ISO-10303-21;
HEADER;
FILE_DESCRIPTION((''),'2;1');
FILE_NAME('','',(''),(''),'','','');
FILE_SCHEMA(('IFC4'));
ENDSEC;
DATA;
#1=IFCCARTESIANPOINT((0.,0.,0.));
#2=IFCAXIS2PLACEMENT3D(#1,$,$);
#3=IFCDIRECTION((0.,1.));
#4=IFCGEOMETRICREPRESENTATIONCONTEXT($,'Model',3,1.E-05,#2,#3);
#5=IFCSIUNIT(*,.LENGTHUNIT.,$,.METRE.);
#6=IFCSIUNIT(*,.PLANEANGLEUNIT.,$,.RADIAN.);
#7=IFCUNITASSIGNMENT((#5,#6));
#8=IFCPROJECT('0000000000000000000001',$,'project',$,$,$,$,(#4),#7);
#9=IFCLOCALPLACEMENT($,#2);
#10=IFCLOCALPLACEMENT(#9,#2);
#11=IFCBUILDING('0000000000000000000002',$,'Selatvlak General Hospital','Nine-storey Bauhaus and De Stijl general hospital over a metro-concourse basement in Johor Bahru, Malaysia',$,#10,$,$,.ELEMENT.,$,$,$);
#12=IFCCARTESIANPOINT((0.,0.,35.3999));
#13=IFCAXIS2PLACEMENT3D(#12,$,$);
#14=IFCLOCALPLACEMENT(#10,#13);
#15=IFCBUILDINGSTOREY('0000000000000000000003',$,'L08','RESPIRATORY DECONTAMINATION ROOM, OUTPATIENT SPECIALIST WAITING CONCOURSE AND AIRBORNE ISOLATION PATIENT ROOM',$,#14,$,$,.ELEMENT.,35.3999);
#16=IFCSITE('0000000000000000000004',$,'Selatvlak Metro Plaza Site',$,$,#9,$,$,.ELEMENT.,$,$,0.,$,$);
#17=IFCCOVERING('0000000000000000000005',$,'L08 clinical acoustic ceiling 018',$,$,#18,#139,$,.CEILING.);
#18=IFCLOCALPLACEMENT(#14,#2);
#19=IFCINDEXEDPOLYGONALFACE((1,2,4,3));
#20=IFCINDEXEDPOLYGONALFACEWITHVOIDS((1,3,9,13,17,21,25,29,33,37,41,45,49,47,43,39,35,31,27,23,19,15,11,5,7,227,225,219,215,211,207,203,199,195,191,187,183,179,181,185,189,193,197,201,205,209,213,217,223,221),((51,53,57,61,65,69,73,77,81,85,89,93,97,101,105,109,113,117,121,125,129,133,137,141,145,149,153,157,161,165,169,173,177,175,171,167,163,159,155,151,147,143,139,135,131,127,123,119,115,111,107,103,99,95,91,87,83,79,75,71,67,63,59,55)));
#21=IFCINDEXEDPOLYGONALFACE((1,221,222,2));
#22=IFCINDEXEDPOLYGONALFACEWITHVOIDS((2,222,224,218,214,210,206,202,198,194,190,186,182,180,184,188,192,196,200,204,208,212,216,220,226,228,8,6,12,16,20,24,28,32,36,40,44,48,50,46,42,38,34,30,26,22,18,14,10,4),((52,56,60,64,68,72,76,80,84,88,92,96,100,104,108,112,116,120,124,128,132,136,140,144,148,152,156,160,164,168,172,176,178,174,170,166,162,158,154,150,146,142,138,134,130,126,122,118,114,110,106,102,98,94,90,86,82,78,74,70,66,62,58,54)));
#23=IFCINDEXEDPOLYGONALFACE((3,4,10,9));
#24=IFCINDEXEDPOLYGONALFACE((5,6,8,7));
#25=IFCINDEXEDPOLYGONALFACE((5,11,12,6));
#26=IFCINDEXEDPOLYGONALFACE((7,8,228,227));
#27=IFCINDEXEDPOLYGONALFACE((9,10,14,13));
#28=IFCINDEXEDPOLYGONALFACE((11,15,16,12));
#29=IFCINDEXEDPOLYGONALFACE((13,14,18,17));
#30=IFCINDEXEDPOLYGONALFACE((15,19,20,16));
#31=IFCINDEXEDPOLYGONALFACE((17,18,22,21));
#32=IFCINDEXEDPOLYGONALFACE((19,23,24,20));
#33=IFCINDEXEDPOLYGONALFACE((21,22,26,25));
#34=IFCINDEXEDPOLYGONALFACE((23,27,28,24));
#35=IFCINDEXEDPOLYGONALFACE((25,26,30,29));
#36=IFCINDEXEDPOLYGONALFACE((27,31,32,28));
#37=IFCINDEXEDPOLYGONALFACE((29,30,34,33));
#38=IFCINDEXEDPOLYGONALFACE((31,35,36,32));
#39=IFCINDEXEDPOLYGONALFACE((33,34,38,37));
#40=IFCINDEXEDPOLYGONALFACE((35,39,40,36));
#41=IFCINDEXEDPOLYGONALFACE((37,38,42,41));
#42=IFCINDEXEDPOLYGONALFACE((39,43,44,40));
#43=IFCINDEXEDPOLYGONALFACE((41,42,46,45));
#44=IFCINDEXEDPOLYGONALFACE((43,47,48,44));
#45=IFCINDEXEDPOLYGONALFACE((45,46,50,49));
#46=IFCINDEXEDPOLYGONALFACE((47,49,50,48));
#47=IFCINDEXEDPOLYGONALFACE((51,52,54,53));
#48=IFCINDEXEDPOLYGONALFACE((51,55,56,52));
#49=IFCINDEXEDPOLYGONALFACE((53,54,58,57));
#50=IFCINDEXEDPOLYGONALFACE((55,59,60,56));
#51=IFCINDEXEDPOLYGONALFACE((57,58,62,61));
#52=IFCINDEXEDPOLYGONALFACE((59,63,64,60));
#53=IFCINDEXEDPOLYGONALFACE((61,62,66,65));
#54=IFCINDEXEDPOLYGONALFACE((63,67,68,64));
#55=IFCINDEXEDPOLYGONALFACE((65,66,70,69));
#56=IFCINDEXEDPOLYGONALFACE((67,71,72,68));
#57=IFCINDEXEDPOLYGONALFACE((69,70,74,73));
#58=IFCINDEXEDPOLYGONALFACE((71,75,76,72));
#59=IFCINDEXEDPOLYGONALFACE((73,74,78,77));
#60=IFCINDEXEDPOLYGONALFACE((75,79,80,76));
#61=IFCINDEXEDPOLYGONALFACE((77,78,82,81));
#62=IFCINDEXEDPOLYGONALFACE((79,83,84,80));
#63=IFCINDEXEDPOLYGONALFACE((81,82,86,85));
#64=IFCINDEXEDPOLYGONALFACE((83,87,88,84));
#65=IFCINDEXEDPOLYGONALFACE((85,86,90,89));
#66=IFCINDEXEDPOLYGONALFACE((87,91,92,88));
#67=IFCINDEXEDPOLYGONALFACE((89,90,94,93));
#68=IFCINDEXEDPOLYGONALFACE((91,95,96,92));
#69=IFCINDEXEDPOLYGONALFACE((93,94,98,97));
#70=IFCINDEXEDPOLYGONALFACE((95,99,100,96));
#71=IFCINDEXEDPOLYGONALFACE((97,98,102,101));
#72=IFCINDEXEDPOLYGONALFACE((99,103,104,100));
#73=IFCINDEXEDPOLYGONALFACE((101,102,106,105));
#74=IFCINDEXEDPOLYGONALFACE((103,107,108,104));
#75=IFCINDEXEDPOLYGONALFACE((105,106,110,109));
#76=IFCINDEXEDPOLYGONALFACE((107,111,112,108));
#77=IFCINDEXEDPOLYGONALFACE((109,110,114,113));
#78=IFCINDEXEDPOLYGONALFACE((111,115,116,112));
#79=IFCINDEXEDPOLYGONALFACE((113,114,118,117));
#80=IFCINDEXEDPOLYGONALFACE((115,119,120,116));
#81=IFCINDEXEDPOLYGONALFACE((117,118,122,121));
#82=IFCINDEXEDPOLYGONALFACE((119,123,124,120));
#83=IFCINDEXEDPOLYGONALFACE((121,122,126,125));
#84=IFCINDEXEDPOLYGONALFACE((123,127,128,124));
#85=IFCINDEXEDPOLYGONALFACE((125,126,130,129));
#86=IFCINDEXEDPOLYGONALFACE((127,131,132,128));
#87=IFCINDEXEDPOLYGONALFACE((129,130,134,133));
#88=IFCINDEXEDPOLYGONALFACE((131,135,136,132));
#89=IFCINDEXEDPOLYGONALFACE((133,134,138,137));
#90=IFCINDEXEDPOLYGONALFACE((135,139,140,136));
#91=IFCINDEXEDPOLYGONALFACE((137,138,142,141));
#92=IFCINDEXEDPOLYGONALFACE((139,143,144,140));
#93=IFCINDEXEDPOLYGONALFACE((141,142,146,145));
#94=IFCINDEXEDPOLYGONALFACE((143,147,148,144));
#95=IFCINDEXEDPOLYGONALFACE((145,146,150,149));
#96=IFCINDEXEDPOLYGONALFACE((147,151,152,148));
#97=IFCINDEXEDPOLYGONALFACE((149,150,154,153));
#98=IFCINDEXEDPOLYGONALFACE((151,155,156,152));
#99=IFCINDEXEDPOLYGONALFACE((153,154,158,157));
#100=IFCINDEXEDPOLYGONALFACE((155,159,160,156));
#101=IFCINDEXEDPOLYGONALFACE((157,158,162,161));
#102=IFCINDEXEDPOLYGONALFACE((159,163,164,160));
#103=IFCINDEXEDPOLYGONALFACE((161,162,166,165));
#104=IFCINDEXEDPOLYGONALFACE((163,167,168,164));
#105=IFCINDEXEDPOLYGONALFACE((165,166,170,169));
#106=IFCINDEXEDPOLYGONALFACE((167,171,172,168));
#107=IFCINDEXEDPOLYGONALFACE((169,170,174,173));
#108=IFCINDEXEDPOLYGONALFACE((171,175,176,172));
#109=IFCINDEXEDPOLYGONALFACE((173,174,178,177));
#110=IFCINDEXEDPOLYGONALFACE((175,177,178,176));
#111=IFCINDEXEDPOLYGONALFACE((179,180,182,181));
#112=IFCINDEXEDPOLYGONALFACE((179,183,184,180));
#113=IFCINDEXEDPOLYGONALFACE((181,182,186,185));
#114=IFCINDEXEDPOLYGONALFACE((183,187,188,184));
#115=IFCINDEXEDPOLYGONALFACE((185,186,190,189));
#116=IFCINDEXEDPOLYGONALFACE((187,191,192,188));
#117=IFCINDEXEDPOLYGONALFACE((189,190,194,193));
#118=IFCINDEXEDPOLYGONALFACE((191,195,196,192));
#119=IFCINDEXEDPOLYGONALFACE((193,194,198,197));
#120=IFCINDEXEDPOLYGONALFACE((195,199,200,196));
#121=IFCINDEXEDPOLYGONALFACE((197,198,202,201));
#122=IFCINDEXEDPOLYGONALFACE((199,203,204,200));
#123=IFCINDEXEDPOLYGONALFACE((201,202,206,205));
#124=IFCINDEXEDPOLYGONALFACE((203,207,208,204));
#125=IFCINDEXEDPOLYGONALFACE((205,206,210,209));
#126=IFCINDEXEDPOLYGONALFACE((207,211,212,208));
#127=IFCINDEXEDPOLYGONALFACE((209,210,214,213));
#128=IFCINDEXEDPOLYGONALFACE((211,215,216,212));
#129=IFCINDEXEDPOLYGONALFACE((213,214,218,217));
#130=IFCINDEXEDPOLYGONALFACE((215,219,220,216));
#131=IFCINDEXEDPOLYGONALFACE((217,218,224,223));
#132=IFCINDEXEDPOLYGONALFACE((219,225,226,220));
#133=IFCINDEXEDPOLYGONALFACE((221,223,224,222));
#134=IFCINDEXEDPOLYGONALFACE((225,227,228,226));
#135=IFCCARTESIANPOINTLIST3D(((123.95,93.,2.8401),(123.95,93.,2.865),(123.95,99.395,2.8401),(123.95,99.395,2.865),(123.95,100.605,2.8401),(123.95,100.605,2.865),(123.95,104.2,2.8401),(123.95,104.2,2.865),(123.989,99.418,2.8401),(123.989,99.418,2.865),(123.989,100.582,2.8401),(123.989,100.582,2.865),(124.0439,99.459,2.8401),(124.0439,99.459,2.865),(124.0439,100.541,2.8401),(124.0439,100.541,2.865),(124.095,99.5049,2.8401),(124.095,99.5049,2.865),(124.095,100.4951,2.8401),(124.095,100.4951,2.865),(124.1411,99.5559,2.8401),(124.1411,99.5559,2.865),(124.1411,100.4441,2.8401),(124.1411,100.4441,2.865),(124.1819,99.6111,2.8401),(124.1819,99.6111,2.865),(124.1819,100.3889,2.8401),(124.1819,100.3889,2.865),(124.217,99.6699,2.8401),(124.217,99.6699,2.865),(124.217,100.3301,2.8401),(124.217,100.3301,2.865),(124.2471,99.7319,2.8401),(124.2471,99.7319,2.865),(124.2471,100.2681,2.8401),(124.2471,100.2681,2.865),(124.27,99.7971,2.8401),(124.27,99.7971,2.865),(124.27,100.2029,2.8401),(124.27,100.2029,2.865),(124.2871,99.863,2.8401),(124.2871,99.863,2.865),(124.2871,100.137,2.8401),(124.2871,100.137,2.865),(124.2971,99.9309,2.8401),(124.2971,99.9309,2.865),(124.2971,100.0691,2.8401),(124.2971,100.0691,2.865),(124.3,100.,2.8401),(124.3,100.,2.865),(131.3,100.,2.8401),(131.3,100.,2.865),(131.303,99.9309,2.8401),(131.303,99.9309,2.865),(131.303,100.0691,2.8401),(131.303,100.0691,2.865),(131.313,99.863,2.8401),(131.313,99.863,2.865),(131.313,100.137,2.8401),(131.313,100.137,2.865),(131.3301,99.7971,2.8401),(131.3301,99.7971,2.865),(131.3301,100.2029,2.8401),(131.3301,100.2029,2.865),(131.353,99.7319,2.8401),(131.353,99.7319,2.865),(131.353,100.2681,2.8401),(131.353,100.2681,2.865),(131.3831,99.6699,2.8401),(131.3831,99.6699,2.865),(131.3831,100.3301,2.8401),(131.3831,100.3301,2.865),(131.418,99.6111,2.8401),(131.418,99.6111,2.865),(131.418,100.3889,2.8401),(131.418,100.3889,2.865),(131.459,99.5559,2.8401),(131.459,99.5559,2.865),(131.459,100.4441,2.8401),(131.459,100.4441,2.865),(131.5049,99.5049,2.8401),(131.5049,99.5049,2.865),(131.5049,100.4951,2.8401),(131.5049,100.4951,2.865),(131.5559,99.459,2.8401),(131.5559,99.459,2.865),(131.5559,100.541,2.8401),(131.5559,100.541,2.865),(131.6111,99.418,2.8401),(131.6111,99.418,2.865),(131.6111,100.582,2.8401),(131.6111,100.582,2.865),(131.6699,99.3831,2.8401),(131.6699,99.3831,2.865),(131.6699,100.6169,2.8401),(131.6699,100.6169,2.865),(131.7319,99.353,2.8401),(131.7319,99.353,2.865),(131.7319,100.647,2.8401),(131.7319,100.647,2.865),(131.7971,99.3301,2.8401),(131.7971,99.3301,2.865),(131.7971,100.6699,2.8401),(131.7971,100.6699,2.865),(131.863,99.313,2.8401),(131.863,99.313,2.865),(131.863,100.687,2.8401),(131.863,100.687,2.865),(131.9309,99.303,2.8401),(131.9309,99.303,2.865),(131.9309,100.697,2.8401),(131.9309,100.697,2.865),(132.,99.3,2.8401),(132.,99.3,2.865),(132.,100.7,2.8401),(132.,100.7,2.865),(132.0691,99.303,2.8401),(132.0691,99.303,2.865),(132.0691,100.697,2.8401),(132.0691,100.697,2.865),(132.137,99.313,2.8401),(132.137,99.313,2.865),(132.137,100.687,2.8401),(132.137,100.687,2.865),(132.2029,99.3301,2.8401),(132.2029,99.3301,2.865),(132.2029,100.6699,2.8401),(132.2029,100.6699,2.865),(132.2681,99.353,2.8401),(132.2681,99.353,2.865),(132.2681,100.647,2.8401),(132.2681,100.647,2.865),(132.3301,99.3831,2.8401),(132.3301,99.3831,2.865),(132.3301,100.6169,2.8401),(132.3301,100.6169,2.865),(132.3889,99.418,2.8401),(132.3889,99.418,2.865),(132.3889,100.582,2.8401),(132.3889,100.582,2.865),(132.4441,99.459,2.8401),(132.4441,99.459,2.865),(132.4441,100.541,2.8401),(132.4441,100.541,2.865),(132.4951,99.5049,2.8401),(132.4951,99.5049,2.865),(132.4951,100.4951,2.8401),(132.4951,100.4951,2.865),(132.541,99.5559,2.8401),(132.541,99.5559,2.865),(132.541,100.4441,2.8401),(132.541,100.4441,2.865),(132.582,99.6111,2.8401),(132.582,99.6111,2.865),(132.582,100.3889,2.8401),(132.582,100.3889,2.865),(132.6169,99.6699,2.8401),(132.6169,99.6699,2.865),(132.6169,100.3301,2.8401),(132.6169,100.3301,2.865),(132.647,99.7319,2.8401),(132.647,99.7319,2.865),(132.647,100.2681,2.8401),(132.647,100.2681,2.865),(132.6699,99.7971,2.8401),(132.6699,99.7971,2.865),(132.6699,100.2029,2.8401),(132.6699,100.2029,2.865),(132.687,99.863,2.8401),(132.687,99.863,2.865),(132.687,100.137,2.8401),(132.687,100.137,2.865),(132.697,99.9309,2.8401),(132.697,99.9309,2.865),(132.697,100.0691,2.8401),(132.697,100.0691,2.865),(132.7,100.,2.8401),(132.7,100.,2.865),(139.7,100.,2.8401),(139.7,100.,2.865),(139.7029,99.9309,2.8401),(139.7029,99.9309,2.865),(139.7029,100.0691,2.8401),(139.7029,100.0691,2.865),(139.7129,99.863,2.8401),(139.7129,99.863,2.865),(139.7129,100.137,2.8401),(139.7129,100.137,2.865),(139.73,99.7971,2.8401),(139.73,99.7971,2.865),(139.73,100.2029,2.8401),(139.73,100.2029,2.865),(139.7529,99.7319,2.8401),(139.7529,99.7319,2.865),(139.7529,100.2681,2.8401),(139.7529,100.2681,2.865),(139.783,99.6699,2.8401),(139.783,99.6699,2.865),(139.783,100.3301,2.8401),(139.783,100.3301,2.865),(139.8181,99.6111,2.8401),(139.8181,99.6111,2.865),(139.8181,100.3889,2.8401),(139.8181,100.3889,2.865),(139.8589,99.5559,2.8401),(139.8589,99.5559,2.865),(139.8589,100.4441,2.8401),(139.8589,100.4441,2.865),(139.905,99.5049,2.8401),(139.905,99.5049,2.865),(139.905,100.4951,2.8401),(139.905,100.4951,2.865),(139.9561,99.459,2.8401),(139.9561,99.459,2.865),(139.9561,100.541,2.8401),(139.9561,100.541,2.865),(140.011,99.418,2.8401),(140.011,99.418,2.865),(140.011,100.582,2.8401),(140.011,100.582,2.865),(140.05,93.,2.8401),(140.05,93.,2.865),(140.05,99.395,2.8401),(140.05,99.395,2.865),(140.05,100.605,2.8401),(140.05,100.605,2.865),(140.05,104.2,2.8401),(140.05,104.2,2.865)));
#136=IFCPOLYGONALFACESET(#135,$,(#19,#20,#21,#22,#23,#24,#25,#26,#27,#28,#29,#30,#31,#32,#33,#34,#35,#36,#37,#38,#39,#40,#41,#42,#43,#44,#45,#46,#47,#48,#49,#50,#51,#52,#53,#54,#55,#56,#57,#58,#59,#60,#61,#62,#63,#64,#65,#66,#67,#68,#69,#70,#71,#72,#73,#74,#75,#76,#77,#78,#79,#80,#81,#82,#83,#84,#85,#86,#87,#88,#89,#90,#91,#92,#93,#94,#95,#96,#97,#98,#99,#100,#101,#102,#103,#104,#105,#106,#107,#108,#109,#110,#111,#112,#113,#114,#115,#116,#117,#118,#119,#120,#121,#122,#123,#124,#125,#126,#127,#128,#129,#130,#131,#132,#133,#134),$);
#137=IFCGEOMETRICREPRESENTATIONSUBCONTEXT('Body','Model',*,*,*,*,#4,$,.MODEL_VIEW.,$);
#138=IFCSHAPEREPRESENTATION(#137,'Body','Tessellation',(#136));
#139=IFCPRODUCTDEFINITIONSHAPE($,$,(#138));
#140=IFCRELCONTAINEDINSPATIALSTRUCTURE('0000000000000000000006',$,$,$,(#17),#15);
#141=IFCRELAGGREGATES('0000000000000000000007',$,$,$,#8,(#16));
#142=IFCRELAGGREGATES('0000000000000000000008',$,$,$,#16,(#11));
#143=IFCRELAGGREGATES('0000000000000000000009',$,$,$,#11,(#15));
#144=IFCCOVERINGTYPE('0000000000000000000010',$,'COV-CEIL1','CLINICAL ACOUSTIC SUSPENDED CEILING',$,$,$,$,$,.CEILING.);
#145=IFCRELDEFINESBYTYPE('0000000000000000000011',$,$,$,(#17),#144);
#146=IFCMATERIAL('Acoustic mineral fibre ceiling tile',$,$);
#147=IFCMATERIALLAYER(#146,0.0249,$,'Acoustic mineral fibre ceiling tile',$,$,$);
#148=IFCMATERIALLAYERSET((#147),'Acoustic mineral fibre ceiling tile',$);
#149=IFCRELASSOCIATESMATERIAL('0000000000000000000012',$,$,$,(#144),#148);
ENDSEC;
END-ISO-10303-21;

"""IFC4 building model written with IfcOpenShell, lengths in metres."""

from ifc_helpers import new_model, si_unit, direction, frame, origin, place, context, subcontext, project, spatial, polyline, outline, extrude, material, layer, layer_set, type_object, element, save


model = new_model("IFC4")

# Units and contexts
model_context = context("Model", 3, precision=1e-05, world=origin(), true_north=direction((0.0, 1.0)))
body_context = subcontext(model_context, "Body", "Model", "MODEL_VIEW")
ifc_project = project(units=[si_unit("LENGTHUNIT", "METRE"), si_unit("PLANEANGLEUNIT", "RADIAN")], contexts=[model_context])

# Site, building, storey
site_placement = place(None, origin())
site = spatial("IfcSite", under=ifc_project, at=site_placement, Name="Selatvlak Metro Plaza Site", CompositionType="ELEMENT", RefElevation=0.0)
building_placement = place(site_placement, origin())
building = spatial("IfcBuilding", under=site, at=building_placement, Name="Selatvlak General Hospital", Description="Nine-storey Bauhaus and De Stijl general hospital over a metro-concourse basement in Johor Bahru, Malaysia", CompositionType="ELEMENT")
storey_placement = place(building_placement, frame((0.0, 0.0, 35.3999)))
storey = spatial("IfcBuildingStorey", under=building, at=storey_placement, Name="L08", Description="RESPIRATORY DECONTAMINATION ROOM, OUTPATIENT SPECIALIST WAITING CONCOURSE AND AIRBORNE ISOLATION PATIENT ROOM", CompositionType="ELEMENT", Elevation=35.3999)

# Covering
ifc_material_1 = material(Name="Acoustic mineral fibre ceiling tile")
ifc_layer_1 = layer(ifc_material_1, 0.0249, Name="Acoustic mineral fibre ceiling tile")
ifc_layer_set_1 = layer_set([ifc_layer_1], Name="Acoustic mineral fibre ceiling tile")
covering_type_1 = type_object("IfcCoveringType", Name="COV-CEIL1", Description="CLINICAL ACOUSTIC SUSPENDED CEILING", PredefinedType="CEILING", material=ifc_layer_set_1)
covering_1_placement = place(storey_placement, frame((0.0, 0.0, 2.8401)))
element("IfcCovering", 1, at=covering_1_placement, inside=storey, type_object=covering_type_1, Name="L08 clinical acoustic ceiling 018", PredefinedType="CEILING", context=body_context, shape_type="SweptSolid", body=[
    extrude(outline(polyline([(140.05, 104.2), (140.05, 100.605), (140.011, 100.582), (139.9561, 100.541), (139.905, 100.4951), (139.8589, 100.4441), (139.8181, 100.3889), (139.783, 100.3301), (139.7529, 100.2681), (139.73, 100.2029), (139.7129, 100.137), (139.7029, 100.0691), (139.7, 100.0), (139.7029, 99.9309), (139.7129, 99.863), (139.73, 99.7971), (139.7529, 99.7319), (139.783, 99.6699), (139.8181, 99.6111), (139.8589, 99.5559), (139.905, 99.5049), (139.9561, 99.459), (140.011, 99.418), (140.05, 99.395), (140.05, 93.0), (123.95, 93.0), (123.95, 99.395), (123.989, 99.418), (124.0439, 99.459), (124.095, 99.5049), (124.1411, 99.5559), (124.1819, 99.6111), (124.217, 99.6699), (124.2471, 99.7319), (124.27, 99.7971), (124.2871, 99.863), (124.2971, 99.9309), (124.3, 100.0), (124.2971, 100.0691), (124.2871, 100.137), (124.27, 100.2029), (124.2471, 100.2681), (124.217, 100.3301), (124.1819, 100.3889), (124.1411, 100.4441), (124.095, 100.4951), (124.0439, 100.541), (123.989, 100.582), (123.95, 100.605), (123.95, 104.2), (140.05, 104.2)]), holes=[polyline([(132.582, 99.6111), (132.6169, 99.6699), (132.647, 99.7319), (132.6699, 99.7971), (132.687, 99.863), (132.697, 99.9309), (132.7, 100.0), (132.697, 100.0691), (132.687, 100.137), (132.6699, 100.2029), (132.647, 100.2681), (132.6169, 100.3301), (132.582, 100.3889), (132.541, 100.4441), (132.4951, 100.4951), (132.4441, 100.541), (132.3889, 100.582), (132.3301, 100.6169), (132.2681, 100.647), (132.2029, 100.6699), (132.137, 100.687), (132.0691, 100.697), (132.0, 100.7), (131.9309, 100.697), (131.863, 100.687), (131.7971, 100.6699), (131.7319, 100.647), (131.6699, 100.6169), (131.6111, 100.582), (131.5559, 100.541), (131.5049, 100.4951), (131.459, 100.4441), (131.418, 100.3889), (131.3831, 100.3301), (131.353, 100.2681), (131.3301, 100.2029), (131.313, 100.137), (131.303, 100.0691), (131.3, 100.0), (131.303, 99.9309), (131.313, 99.863), (131.3301, 99.7971), (131.353, 99.7319), (131.3831, 99.6699), (131.418, 99.6111), (131.459, 99.5559), (131.5049, 99.5049), (131.5559, 99.459), (131.6111, 99.418), (131.6699, 99.3831), (131.7319, 99.353), (131.7971, 99.3301), (131.863, 99.313), (131.9309, 99.303), (132.0, 99.3), (132.0691, 99.303), (132.137, 99.313), (132.2029, 99.3301), (132.2681, 99.353), (132.3301, 99.3831), (132.3889, 99.418), (132.4441, 99.459), (132.4951, 99.5049), (132.541, 99.5559), (132.582, 99.6111)])]), origin(), (0.0, 0.0, 1.0), 0.0249),
])

save(model, "model.ifc")
